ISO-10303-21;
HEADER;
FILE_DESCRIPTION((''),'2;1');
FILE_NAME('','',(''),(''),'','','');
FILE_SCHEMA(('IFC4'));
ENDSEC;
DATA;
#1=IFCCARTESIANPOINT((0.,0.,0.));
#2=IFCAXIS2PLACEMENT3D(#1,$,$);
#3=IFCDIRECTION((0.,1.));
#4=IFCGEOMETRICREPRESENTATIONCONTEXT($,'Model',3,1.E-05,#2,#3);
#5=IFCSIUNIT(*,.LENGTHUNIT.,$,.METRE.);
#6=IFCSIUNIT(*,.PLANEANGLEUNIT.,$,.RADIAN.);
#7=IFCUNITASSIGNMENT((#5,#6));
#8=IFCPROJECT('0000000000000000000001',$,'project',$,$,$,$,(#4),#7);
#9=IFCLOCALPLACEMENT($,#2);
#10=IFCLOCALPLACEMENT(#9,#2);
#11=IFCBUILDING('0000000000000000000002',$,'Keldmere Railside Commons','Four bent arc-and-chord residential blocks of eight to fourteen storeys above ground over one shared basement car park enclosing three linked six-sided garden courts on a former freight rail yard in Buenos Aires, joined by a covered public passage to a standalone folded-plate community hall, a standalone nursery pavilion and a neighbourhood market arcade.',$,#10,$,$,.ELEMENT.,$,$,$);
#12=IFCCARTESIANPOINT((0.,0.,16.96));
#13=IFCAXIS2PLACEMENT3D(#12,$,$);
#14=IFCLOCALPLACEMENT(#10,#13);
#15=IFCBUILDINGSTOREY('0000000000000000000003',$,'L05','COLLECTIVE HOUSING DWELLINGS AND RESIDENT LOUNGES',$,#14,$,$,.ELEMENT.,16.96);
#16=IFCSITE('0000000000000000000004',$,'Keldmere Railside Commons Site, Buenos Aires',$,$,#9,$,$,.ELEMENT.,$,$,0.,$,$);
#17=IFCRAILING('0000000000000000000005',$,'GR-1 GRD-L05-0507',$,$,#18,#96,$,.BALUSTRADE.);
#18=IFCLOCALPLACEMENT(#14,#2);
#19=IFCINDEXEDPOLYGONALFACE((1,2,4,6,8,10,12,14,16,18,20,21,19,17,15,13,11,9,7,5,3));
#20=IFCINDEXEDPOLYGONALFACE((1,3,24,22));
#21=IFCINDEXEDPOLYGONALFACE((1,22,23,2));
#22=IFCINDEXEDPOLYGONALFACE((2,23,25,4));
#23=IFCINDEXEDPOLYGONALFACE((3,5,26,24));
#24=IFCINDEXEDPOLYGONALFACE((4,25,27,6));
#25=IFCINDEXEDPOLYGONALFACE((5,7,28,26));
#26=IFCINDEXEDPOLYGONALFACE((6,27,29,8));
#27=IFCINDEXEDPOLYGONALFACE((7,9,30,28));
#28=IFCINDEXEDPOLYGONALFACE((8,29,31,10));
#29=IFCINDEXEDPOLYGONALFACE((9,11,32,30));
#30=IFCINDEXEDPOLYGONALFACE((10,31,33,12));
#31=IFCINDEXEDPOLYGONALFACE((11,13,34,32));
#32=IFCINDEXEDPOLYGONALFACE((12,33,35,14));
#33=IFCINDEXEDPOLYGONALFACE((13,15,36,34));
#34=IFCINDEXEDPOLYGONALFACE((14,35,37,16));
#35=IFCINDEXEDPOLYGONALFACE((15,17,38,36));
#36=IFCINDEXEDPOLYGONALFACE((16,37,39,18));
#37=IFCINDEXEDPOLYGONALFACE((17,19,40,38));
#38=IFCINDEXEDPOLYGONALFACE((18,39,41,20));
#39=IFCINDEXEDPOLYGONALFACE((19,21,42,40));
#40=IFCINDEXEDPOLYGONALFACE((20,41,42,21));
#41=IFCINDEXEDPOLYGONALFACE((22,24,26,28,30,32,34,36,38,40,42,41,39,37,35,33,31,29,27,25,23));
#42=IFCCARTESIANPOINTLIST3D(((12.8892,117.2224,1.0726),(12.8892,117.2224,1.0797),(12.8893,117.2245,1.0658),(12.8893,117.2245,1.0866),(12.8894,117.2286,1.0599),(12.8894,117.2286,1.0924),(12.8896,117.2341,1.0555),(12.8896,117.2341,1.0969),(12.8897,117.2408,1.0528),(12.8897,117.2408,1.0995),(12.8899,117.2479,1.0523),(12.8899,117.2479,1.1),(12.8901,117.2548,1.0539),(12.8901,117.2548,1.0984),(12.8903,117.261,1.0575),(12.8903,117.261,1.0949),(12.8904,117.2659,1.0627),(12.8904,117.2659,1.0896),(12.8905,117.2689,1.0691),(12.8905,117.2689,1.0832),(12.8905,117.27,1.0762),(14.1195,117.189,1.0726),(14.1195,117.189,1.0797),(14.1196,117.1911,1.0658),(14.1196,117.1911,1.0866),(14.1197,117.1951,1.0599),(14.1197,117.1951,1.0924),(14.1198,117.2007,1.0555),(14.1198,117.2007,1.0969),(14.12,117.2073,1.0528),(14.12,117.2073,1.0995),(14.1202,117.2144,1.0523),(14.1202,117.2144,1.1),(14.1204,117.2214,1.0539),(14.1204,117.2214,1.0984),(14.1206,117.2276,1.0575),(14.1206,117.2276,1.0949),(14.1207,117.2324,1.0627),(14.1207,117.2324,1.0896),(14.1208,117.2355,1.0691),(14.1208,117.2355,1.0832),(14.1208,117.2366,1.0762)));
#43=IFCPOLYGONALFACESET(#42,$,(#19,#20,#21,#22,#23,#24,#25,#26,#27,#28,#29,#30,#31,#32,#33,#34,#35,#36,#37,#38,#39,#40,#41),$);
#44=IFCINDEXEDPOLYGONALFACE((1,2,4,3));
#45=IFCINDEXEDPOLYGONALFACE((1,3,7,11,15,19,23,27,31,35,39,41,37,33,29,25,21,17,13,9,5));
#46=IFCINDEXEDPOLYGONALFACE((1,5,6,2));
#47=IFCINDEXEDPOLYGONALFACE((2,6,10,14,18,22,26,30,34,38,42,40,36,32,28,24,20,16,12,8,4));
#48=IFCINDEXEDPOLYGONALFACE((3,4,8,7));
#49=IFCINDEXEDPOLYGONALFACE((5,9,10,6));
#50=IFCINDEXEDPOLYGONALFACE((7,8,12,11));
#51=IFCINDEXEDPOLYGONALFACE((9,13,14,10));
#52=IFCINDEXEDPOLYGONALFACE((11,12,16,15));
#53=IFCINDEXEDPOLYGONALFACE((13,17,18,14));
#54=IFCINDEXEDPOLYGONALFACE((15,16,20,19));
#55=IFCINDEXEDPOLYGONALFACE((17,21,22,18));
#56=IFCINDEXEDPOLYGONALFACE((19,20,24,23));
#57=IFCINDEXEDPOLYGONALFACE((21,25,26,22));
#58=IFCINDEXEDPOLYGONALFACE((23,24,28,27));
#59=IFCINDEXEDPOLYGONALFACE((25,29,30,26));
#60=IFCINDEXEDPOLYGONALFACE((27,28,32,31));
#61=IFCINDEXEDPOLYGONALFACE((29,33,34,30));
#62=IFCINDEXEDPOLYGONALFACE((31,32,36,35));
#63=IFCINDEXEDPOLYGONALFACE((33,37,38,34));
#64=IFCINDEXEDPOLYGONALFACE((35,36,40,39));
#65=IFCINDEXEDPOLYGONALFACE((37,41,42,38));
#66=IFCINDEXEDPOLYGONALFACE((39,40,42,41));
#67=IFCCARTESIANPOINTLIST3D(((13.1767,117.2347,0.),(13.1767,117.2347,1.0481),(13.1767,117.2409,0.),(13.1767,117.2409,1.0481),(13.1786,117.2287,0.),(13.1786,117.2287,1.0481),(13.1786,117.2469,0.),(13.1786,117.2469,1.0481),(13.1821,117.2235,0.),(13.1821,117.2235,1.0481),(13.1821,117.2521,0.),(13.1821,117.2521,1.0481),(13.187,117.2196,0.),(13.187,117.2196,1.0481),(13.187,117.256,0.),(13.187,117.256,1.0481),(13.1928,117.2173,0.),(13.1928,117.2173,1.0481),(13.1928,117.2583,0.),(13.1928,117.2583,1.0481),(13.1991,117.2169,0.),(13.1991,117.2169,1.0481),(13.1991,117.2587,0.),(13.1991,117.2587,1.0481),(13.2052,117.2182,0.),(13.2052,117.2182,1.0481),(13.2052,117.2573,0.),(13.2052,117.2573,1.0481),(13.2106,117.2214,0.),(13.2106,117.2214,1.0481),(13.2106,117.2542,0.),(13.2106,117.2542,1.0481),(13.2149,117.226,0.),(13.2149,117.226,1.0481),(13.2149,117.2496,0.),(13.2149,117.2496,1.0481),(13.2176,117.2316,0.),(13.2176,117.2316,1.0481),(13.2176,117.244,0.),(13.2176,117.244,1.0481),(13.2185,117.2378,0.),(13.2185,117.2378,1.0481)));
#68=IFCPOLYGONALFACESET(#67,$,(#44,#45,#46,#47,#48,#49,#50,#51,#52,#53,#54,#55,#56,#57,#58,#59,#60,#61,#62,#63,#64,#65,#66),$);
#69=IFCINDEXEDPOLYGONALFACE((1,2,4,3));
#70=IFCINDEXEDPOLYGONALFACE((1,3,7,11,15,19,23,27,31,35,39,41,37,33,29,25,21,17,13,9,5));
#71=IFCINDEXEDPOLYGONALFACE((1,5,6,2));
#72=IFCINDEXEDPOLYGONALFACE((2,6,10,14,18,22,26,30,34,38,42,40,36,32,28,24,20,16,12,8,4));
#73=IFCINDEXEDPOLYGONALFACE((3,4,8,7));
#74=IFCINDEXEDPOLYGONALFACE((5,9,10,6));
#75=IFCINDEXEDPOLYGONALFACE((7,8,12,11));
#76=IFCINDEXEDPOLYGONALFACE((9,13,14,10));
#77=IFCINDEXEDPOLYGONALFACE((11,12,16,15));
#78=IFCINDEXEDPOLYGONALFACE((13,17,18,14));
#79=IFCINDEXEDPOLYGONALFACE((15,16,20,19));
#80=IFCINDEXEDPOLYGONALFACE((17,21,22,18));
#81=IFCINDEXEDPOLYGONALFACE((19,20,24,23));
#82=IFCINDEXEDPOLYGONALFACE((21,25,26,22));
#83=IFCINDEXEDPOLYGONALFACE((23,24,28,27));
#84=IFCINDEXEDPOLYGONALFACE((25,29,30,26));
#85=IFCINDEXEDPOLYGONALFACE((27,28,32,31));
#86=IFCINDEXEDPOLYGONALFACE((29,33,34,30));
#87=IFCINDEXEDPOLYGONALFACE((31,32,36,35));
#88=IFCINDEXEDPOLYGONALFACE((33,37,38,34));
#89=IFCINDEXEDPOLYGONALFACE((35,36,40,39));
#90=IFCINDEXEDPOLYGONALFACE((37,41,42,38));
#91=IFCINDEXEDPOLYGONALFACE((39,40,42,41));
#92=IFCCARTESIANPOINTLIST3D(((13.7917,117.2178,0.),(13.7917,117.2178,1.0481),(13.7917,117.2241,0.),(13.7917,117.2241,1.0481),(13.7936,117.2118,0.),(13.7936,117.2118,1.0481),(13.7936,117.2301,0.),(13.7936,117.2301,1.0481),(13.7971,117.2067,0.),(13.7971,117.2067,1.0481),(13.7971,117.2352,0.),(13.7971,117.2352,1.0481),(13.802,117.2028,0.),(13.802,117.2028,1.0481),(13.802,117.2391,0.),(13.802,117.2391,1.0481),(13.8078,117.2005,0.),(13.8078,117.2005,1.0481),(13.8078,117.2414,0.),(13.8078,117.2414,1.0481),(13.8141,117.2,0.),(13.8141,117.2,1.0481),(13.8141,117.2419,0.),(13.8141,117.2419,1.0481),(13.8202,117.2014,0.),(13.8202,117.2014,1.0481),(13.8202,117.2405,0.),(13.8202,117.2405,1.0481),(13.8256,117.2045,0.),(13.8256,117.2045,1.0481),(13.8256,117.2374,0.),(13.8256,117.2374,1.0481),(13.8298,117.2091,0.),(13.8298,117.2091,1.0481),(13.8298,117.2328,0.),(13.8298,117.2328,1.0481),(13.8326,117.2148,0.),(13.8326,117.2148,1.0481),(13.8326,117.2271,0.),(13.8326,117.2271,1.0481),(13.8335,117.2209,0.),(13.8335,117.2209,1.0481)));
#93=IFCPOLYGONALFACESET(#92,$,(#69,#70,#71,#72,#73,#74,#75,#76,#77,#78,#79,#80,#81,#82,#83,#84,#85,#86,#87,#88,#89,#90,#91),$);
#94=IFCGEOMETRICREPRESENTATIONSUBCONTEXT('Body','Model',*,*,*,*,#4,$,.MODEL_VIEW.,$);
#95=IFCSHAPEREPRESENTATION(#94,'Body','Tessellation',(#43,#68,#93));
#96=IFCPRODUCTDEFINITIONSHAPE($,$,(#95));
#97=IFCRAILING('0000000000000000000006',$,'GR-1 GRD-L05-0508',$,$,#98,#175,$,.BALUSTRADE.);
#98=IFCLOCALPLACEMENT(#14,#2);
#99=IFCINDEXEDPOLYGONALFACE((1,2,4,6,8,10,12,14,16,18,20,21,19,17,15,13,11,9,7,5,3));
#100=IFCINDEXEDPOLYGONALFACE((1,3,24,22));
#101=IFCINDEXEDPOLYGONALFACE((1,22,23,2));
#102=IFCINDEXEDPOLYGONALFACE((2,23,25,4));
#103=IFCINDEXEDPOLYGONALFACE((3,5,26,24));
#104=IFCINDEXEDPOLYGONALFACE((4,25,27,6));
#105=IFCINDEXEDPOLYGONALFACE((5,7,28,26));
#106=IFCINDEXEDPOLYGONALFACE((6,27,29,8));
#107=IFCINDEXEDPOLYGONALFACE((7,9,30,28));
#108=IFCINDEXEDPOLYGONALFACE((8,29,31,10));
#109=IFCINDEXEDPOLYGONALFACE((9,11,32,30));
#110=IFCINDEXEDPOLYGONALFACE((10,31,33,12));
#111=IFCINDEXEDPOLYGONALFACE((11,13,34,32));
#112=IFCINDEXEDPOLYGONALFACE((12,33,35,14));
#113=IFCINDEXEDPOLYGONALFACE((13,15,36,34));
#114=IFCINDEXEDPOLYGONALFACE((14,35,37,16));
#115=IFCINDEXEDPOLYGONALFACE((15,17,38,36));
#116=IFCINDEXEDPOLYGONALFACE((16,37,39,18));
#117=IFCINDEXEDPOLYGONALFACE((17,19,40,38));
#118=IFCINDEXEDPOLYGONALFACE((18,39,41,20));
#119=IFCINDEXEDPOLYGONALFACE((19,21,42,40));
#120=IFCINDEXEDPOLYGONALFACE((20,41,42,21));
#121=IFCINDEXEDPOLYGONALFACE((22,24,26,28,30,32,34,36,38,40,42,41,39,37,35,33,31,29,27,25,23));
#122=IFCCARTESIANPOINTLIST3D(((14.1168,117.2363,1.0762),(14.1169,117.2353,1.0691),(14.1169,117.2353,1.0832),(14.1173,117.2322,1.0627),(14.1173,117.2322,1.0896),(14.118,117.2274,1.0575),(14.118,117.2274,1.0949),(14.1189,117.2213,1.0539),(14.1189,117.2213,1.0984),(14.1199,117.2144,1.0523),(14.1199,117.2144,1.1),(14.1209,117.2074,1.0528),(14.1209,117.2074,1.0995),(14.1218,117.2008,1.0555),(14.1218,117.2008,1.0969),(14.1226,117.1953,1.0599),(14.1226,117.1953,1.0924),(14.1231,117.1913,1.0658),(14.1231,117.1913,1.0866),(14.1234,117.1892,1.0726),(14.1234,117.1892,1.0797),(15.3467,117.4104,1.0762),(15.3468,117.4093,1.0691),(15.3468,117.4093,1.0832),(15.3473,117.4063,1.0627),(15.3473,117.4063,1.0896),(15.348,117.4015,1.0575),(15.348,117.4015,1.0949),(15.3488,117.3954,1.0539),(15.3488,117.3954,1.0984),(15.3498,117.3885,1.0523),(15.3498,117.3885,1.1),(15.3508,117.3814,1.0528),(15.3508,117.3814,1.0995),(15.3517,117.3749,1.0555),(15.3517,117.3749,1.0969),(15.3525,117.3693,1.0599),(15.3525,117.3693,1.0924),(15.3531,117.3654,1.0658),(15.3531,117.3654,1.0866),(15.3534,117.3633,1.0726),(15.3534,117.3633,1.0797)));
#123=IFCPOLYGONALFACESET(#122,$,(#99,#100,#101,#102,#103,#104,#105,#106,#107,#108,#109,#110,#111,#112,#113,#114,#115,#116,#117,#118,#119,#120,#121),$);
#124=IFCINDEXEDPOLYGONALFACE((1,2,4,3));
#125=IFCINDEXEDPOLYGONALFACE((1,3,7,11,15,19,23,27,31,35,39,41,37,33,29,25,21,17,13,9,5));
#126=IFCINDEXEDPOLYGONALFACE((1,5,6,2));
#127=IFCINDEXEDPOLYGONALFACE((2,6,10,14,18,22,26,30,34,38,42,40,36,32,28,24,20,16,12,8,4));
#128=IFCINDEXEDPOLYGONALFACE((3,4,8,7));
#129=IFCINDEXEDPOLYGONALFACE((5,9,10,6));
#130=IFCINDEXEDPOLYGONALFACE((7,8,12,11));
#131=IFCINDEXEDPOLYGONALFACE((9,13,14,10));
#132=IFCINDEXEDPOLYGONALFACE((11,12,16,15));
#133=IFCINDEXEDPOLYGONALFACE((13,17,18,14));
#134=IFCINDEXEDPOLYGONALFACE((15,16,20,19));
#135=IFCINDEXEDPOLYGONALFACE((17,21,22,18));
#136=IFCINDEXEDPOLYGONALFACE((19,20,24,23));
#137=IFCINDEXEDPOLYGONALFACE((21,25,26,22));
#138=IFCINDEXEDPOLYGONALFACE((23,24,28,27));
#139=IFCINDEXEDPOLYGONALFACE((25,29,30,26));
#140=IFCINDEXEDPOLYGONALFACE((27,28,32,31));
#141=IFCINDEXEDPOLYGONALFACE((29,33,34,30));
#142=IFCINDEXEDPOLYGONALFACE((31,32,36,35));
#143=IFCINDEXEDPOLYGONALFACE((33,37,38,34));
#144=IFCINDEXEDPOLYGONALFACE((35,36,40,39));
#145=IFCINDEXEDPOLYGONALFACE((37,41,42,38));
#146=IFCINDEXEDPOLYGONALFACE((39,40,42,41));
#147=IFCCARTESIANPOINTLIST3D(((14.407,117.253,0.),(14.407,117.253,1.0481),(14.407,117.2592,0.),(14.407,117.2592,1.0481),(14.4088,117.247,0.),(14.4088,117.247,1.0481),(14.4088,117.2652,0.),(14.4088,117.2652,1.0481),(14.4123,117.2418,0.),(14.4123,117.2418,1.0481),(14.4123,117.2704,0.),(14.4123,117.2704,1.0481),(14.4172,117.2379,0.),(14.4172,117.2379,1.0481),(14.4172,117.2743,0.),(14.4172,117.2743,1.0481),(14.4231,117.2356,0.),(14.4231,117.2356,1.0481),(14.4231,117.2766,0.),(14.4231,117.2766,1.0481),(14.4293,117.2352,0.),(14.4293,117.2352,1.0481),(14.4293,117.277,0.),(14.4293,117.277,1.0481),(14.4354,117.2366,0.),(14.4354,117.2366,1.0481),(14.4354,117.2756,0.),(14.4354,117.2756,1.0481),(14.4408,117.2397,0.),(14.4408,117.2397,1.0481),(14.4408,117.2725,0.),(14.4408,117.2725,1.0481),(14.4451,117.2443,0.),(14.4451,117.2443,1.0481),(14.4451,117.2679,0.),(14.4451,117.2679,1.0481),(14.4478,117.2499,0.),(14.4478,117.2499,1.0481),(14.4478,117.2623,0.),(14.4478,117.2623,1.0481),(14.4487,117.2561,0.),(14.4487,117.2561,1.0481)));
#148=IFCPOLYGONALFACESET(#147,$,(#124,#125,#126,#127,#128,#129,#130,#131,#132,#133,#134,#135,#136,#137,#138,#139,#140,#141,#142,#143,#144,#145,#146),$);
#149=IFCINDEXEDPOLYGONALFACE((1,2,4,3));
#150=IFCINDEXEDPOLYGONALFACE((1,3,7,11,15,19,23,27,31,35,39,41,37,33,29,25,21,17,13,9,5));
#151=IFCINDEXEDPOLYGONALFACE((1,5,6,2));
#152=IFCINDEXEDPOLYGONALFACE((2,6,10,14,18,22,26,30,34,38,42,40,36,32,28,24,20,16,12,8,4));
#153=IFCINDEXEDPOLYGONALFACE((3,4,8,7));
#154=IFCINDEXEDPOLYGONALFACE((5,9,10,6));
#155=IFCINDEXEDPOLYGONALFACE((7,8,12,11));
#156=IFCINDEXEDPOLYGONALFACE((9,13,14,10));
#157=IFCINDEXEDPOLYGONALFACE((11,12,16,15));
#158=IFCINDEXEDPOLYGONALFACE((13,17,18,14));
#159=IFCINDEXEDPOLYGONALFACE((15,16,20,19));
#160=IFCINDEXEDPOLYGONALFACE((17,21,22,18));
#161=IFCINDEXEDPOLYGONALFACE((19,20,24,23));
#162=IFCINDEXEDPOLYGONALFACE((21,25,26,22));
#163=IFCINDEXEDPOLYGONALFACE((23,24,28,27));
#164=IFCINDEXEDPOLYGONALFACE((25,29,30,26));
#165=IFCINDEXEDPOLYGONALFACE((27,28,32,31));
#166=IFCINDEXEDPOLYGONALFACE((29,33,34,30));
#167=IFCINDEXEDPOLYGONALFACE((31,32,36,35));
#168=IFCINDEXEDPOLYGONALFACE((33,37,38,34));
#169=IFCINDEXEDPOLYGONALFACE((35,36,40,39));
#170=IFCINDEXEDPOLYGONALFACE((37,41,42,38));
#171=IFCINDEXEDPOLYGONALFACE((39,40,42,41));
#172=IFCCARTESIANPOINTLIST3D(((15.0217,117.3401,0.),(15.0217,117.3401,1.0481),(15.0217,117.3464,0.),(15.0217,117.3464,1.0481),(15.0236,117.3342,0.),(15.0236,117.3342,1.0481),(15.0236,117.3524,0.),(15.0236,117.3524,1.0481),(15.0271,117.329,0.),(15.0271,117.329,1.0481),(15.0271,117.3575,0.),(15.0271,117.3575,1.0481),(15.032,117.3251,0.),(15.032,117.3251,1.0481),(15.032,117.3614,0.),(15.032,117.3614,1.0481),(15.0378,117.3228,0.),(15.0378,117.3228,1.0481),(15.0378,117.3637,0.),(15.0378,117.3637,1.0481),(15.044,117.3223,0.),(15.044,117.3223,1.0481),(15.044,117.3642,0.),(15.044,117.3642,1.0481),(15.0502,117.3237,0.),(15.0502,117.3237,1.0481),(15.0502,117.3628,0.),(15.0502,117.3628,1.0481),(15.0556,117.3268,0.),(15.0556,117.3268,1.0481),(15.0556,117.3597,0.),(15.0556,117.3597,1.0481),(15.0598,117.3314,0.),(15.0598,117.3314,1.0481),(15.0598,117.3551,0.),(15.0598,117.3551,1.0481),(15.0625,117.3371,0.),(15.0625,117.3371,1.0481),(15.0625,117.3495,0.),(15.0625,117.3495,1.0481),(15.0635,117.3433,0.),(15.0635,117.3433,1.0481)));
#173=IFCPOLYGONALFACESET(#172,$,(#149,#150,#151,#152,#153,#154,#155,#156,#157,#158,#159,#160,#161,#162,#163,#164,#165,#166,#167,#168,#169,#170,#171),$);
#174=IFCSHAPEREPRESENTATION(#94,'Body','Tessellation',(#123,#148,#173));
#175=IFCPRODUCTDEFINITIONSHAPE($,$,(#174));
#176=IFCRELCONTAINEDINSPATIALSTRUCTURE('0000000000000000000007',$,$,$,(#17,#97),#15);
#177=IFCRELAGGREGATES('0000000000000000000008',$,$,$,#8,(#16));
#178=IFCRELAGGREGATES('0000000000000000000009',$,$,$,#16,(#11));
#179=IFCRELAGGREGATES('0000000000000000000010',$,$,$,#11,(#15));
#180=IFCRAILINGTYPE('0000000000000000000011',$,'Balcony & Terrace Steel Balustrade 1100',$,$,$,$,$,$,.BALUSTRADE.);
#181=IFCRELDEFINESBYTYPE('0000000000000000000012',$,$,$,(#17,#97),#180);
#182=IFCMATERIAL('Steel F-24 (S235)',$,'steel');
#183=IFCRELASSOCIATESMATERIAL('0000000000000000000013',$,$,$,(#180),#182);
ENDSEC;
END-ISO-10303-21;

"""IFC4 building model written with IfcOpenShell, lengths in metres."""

from ifc_helpers import new_model, si_unit, direction, frame, origin, origin_2d, place, context, subcontext, project, spatial, circle, extrude, material, type_object, element, save


model = new_model("IFC4")

# Units and contexts
model_context = context("Model", 3, precision=1e-05, world=origin(), true_north=direction((0.0, 1.0)))
body_context = subcontext(model_context, "Body", "Model", "MODEL_VIEW")
ifc_project = project(units=[si_unit("LENGTHUNIT", "METRE"), si_unit("PLANEANGLEUNIT", "RADIAN")], contexts=[model_context])

# Site, building, storey
site_placement = place(None, origin())
site = spatial("IfcSite", under=ifc_project, at=site_placement, Name="Keldmere Railside Commons Site, Buenos Aires", CompositionType="ELEMENT", RefElevation=0.0)
building_placement = place(site_placement, origin())
building = spatial("IfcBuilding", under=site, at=building_placement, Name="Keldmere Railside Commons", Description="Four bent arc-and-chord residential blocks of eight to fourteen storeys above ground over one shared basement car park enclosing three linked six-sided garden courts on a former freight rail yard in Buenos Aires, joined by a covered public passage to a standalone folded-plate community hall, a standalone nursery pavilion and a neighbourhood market arcade.", CompositionType="ELEMENT")
storey_placement = place(building_placement, frame((0.0, 0.0, 16.96)))
storey = spatial("IfcBuildingStorey", under=building, at=storey_placement, Name="L05", Description="COLLECTIVE HOUSING DWELLINGS AND RESIDENT LOUNGES", CompositionType="ELEMENT", Elevation=16.96)

# Railings
ifc_material_1 = material(Name="Steel F-24 (S235)", Category="steel")
railing_type = type_object("IfcRailingType", Name="Balcony & Terrace Steel Balustrade 1100", PredefinedType="BALUSTRADE", material=ifc_material_1)
railing_1_placement = place(storey_placement, frame((12.8899, 117.2461, 0.0)))
element("IfcRailing", 1, at=railing_1_placement, inside=storey, type_object=railing_type, Name="GR-1 GRD-L05-0507", PredefinedType="BALUSTRADE", context=body_context, shape_type="SweptSolid", body=[
    extrude(circle(Radius=0.0239, at=origin_2d()), frame((0.0, 0.0, 1.0762), z_axis=(0.999631, -0.027178, 0.0), x_axis=(0.027178, 0.999631, 0.0)), (0.0, 0.0, 1.0), 1.2307),
    extrude(circle(Radius=0.021, at=origin_2d()), frame((0.3076, -0.0083, 0.0)), (0.0, 0.0, 1.0), 1.0481),
    extrude(circle(Radius=0.021, at=origin_2d()), frame((0.9226, -0.0251, 0.0)), (0.0, 0.0, 1.0), 1.0481),
])
railing_2_placement = place(storey_placement, frame((14.1201, 117.2126, 0.0)))
element("IfcRailing", 2, at=railing_2_placement, inside=storey, type_object=railing_type, Name="GR-1 GRD-L05-0508", PredefinedType="BALUSTRADE", context=body_context, shape_type="SweptSolid", body=[
    extrude(circle(Radius=0.0239, at=origin_2d()), frame((0.0, 0.0, 1.0762), z_axis=(0.990133, 0.140128, 0.0), x_axis=(-0.140128, 0.990133, 0.0)), (0.0, 0.0, 1.0), 1.2422),
    extrude(circle(Radius=0.021, at=origin_2d()), frame((0.3076, 0.0435, 0.0)), (0.0, 0.0, 1.0), 1.0481),
    extrude(circle(Radius=0.021, at=origin_2d()), frame((0.9224, 0.1306, 0.0)), (0.0, 0.0, 1.0), 1.0481),
])

save(model, "model.ifc")
